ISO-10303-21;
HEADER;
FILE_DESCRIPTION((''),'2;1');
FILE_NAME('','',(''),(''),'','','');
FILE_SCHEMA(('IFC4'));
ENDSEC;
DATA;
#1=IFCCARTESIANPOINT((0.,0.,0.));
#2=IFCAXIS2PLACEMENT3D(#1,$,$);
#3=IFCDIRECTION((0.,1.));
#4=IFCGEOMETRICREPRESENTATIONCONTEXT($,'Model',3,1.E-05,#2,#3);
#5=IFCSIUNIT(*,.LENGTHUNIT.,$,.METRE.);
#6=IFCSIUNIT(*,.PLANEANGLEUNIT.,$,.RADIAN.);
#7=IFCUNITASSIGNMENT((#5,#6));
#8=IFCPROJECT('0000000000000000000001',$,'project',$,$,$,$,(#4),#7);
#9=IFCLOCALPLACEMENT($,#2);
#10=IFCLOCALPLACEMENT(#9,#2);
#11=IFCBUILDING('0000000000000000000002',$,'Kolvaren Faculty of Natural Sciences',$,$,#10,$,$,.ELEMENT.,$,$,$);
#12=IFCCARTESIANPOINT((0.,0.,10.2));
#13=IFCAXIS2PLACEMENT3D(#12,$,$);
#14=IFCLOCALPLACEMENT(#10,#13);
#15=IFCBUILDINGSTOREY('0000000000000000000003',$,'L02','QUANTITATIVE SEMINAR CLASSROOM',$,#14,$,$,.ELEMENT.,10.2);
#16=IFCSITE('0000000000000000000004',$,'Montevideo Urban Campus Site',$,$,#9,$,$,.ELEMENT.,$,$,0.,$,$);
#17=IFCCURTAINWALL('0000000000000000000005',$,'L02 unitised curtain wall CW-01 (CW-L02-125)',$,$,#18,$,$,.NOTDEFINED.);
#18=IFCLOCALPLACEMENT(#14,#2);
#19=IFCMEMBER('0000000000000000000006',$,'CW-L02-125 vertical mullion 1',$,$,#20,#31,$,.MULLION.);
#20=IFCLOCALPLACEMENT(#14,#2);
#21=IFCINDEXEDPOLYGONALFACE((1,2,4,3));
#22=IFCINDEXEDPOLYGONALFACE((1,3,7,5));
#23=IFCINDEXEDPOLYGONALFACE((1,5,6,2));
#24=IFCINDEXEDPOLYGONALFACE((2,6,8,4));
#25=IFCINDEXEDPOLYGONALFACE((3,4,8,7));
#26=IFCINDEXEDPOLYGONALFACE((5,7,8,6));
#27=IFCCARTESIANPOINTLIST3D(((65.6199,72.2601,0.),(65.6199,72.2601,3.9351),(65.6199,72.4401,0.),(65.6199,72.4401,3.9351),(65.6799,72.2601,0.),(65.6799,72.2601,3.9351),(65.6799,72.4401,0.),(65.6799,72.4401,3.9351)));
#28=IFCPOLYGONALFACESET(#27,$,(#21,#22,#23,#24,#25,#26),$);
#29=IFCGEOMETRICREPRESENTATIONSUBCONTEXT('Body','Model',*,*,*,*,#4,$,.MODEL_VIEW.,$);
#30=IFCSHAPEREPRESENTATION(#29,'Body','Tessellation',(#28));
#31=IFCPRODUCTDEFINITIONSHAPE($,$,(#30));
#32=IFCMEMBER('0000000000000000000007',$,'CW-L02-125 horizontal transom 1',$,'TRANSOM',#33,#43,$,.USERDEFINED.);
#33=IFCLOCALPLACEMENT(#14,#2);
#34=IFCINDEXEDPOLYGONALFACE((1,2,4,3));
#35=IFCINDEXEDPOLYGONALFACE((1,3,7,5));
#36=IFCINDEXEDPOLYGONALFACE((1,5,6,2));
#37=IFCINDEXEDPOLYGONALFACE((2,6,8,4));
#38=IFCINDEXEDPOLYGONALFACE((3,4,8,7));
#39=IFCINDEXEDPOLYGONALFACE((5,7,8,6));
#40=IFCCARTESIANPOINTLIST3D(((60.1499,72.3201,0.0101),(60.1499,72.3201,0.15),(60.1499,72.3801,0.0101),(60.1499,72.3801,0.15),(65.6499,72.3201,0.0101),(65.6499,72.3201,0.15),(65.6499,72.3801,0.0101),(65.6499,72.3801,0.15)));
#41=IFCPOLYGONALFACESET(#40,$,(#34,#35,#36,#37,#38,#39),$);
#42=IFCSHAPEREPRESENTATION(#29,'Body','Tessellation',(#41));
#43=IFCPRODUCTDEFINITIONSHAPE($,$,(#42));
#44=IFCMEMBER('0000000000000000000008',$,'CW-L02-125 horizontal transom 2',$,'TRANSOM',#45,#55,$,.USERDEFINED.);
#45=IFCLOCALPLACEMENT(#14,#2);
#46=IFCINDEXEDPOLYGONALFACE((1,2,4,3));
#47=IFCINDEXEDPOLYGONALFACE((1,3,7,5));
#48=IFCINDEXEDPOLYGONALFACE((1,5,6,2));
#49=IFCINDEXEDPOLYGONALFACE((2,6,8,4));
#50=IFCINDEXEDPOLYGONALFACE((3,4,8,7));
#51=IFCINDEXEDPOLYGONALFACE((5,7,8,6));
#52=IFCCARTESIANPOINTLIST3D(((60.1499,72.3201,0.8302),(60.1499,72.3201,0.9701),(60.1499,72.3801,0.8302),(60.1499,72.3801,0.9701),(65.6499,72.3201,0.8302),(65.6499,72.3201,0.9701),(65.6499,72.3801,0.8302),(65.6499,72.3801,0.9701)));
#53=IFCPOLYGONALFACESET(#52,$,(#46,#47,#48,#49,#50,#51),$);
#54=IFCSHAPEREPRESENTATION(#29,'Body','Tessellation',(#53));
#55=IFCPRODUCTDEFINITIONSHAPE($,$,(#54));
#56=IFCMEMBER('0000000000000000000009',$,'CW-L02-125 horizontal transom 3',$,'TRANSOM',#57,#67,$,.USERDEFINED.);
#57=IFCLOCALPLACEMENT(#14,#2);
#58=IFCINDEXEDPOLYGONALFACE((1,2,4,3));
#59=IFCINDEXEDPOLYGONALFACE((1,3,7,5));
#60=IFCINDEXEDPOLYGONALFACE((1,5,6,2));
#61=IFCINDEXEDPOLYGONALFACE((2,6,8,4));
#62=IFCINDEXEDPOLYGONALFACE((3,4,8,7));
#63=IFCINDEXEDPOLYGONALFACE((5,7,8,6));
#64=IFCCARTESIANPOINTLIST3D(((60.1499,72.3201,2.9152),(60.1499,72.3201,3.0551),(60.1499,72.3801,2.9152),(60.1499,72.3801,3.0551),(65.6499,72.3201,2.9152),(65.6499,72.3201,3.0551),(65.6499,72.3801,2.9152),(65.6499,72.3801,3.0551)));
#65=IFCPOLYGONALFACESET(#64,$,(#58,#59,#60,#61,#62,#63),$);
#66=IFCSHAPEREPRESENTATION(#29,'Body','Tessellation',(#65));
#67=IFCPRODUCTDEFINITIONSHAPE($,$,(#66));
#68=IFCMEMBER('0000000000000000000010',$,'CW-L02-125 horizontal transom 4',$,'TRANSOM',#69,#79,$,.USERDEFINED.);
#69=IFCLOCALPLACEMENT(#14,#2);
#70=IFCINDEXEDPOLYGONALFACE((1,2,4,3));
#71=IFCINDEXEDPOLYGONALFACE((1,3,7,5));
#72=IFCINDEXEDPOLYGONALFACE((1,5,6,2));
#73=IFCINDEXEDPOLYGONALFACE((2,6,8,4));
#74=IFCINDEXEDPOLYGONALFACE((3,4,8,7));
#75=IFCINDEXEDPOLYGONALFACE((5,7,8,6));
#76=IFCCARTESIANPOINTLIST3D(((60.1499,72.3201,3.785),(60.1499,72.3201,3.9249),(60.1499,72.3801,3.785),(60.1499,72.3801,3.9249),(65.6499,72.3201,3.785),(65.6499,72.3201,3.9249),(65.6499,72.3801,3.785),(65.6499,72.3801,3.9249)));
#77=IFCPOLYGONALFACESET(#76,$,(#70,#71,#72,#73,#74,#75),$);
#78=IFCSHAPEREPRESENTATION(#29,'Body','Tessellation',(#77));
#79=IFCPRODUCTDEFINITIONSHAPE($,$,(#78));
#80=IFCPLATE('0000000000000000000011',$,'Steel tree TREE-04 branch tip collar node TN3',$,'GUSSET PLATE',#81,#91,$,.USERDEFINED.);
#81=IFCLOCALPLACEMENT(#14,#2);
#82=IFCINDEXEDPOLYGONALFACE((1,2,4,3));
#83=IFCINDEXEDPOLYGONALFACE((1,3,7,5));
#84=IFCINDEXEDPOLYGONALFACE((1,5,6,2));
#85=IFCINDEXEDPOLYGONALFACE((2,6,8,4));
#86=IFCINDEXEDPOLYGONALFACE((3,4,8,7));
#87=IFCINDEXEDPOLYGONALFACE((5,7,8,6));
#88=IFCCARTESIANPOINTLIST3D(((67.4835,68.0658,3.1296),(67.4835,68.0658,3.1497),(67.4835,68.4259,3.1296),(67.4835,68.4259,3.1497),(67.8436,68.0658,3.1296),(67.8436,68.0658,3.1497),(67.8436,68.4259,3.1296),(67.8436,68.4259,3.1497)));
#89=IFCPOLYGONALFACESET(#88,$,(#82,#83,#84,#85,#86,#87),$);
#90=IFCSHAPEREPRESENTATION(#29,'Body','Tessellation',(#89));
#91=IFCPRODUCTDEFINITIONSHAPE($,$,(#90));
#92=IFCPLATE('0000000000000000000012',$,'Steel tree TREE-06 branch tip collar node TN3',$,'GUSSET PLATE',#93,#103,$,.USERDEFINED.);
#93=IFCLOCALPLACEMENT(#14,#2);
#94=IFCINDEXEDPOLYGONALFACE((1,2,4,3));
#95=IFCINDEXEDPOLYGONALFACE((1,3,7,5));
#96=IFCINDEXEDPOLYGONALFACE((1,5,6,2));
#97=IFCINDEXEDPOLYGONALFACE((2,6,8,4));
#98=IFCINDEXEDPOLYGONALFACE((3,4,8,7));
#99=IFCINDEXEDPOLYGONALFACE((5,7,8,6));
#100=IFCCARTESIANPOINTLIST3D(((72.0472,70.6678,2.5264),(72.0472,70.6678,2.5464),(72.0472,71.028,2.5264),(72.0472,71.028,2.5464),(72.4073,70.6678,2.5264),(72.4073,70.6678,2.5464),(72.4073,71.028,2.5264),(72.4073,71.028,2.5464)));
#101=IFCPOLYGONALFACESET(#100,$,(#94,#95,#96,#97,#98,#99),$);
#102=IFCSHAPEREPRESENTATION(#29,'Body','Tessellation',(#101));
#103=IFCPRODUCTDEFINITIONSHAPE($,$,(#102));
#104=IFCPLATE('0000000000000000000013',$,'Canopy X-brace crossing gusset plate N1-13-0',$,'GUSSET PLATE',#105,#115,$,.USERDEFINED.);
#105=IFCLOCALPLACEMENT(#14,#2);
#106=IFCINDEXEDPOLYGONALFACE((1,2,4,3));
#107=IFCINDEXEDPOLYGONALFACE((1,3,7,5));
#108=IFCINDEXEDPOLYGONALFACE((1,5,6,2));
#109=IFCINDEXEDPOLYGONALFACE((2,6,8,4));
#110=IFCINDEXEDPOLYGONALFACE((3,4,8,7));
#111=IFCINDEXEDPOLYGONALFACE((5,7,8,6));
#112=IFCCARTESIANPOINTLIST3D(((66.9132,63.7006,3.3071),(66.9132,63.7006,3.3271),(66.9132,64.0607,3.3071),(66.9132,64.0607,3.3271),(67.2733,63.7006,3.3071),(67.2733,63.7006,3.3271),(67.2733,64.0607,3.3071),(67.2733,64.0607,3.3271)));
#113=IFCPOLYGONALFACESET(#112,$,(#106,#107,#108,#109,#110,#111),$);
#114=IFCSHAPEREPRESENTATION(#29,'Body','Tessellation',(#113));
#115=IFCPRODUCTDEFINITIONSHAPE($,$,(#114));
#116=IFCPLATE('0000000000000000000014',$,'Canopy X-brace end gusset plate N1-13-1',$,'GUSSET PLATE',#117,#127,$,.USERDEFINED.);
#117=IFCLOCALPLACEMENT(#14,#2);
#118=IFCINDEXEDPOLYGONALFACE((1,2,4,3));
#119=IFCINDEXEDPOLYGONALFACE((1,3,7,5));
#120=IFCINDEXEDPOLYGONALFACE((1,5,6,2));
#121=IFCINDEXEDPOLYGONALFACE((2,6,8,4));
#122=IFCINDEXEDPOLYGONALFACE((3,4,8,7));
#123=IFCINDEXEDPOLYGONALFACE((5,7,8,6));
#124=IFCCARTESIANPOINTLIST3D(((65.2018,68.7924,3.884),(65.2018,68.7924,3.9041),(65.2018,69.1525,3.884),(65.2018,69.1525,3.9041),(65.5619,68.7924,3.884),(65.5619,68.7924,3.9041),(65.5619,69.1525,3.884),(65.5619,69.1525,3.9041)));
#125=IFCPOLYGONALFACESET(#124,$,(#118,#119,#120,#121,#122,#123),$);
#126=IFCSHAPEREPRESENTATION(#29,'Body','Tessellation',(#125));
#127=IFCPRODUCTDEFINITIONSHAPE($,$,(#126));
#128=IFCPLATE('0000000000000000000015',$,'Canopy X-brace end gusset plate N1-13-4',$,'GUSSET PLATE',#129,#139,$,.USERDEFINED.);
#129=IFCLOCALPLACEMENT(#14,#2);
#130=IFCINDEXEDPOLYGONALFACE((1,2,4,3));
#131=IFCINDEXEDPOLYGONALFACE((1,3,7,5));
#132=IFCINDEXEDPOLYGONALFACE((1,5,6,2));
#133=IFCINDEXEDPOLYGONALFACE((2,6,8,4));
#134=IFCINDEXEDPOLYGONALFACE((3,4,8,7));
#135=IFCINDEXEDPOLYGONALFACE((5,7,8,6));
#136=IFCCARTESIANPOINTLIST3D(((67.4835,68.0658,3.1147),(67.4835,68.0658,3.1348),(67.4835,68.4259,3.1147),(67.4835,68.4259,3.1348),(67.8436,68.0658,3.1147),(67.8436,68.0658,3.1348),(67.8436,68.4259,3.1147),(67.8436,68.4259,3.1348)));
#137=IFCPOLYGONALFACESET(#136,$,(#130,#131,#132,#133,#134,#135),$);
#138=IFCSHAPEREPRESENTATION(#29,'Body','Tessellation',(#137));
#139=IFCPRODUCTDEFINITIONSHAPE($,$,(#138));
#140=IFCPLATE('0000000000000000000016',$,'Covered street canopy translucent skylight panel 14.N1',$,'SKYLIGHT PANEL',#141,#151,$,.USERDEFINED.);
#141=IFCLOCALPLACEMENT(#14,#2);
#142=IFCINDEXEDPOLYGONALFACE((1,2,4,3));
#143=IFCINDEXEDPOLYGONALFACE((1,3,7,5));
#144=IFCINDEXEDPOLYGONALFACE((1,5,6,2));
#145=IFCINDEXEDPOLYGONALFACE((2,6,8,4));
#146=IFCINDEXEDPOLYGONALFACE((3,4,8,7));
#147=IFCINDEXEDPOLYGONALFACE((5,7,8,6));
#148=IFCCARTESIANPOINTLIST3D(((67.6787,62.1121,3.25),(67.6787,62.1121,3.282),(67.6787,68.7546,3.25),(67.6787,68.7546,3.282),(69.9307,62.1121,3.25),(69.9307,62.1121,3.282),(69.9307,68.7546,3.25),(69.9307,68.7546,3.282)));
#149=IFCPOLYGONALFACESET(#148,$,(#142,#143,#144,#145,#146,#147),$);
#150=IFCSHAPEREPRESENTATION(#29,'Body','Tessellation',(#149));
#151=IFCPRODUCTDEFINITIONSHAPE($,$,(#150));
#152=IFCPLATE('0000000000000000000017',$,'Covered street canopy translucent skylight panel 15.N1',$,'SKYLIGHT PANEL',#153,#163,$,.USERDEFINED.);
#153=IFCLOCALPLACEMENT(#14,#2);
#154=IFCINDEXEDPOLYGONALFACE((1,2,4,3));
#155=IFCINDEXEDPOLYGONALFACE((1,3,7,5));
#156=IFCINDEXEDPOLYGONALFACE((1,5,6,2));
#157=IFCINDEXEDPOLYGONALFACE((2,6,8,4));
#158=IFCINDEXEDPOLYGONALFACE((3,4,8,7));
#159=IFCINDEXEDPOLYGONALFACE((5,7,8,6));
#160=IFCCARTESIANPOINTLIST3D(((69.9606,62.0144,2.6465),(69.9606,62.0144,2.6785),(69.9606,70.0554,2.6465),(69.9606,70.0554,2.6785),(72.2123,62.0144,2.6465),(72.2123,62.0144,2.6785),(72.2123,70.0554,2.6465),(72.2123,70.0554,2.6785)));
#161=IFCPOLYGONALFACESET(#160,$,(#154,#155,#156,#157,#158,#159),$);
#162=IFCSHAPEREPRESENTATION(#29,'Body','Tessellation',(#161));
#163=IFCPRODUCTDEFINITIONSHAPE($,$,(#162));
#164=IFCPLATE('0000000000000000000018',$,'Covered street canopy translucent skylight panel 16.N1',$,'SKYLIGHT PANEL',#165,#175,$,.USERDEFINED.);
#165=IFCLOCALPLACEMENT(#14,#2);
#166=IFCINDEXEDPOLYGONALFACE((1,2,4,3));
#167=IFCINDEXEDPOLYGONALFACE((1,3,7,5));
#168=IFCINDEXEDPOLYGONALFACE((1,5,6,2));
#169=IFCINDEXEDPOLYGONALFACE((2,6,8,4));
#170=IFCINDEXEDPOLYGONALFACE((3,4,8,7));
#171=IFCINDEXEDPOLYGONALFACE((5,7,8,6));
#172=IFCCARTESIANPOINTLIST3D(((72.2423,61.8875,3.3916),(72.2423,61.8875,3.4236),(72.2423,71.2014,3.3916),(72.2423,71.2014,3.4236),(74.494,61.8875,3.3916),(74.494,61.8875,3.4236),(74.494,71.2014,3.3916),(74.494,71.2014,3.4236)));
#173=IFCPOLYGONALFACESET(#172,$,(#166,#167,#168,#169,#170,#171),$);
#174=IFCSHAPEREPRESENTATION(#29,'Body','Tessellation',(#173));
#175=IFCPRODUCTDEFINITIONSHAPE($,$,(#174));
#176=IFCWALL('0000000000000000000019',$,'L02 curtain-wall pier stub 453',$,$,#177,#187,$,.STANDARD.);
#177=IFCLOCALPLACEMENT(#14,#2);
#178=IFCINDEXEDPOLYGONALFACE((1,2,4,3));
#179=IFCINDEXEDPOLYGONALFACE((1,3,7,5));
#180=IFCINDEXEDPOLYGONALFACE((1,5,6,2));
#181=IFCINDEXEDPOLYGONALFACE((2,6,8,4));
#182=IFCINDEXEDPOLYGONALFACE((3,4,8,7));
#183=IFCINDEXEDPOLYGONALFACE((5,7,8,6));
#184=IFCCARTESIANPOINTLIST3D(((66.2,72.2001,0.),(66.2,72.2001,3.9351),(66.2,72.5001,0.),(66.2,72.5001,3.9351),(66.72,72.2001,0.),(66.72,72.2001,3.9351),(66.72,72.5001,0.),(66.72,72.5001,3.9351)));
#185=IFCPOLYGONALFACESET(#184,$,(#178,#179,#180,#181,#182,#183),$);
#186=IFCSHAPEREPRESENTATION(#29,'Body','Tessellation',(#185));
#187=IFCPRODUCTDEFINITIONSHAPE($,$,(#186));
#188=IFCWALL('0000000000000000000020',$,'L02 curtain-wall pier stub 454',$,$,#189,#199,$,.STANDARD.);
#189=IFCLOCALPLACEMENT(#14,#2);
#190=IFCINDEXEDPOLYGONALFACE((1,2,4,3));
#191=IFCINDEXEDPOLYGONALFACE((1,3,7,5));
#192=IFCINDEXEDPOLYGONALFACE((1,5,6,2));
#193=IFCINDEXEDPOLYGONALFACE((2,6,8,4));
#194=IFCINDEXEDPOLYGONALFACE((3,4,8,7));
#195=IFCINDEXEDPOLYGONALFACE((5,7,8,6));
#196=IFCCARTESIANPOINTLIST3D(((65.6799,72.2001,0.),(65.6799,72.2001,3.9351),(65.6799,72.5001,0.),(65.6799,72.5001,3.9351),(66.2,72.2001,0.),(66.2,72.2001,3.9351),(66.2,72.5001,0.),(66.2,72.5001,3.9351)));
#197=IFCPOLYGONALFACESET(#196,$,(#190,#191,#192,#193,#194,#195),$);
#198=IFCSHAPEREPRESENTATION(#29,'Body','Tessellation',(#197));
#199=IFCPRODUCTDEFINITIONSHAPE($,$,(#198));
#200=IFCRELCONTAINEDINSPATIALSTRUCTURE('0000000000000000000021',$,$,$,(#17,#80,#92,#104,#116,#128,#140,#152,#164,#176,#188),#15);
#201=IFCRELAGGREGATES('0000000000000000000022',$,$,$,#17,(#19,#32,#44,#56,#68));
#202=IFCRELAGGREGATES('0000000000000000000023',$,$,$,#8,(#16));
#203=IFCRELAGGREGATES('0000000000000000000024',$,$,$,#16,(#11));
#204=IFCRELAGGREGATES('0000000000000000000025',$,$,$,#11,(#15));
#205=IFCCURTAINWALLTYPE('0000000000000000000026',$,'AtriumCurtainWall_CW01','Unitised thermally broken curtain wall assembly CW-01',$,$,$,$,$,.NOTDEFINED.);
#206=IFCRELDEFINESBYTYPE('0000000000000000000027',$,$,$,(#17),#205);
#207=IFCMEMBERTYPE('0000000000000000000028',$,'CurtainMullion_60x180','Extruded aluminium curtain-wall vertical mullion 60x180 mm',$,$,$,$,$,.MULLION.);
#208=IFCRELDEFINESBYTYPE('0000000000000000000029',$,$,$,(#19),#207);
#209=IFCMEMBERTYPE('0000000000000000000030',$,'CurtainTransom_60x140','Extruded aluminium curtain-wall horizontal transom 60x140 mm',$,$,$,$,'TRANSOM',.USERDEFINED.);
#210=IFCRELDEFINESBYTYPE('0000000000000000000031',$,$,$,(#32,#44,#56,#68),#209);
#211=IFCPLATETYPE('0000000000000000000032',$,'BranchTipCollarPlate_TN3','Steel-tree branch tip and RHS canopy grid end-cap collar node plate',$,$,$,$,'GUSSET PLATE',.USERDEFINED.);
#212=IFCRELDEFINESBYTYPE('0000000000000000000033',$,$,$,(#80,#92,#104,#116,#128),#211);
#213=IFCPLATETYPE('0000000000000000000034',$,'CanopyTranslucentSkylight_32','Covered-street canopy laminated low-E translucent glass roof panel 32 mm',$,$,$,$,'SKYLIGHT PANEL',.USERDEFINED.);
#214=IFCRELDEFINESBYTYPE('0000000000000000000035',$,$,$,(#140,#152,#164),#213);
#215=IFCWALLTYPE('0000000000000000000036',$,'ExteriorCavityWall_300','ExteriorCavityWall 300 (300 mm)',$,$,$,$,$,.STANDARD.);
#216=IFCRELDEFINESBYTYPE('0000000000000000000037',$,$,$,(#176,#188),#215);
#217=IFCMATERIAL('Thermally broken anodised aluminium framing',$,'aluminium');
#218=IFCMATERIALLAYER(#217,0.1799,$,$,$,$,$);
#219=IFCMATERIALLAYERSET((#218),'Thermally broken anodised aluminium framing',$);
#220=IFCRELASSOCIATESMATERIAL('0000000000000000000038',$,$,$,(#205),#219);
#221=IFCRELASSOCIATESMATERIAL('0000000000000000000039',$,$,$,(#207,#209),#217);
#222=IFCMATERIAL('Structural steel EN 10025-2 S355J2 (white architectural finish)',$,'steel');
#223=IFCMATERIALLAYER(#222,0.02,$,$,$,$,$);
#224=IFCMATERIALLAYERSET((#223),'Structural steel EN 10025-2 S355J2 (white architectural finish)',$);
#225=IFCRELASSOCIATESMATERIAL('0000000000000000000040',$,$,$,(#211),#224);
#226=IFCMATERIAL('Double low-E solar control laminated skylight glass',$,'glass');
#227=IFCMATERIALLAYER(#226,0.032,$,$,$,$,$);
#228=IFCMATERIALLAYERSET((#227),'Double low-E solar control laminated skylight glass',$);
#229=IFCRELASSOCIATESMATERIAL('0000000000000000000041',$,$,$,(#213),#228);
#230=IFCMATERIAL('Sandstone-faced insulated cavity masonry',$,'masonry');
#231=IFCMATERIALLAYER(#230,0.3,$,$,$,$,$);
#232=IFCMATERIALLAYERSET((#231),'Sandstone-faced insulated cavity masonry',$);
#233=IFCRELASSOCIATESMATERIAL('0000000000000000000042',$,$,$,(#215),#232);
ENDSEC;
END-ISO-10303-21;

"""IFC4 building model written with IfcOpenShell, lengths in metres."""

from ifc_helpers import new_model, si_unit, direction, frame, frame_2d, origin, origin_2d, place, context, subcontext, project, spatial, rectangle, extrude, material, layer, layer_set, material_profile, profile_set, type_object, element, aggregate, save


model = new_model("IFC4")

# Units and contexts
model_context = context("Model", 3, precision=1e-05, world=origin(), true_north=direction((0.0, 1.0)))
body_context = subcontext(model_context, "Body", "Model", "MODEL_VIEW")
ifc_project = project(units=[si_unit("LENGTHUNIT", "METRE"), si_unit("PLANEANGLEUNIT", "RADIAN")], contexts=[model_context])

# Site, building, storey
site_placement = place(None, origin())
site = spatial("IfcSite", under=ifc_project, at=site_placement, Name="Montevideo Urban Campus Site", CompositionType="ELEMENT", RefElevation=0.0)
building_placement = place(site_placement, origin())
building = spatial("IfcBuilding", under=site, at=building_placement, Name="Kolvaren Faculty of Natural Sciences", CompositionType="ELEMENT")
storey_placement = place(building_placement, frame((0.0, 0.0, 10.2)))
storey = spatial("IfcBuildingStorey", under=building, at=storey_placement, Name="L02", Description="QUANTITATIVE SEMINAR CLASSROOM", CompositionType="ELEMENT", Elevation=10.2)

# Curtain wall, members
ifc_material_1 = material(Name="Thermally broken anodised aluminium framing", Category="aluminium")
ifc_layer_1 = layer(ifc_material_1, 0.1799)
ifc_layer_set_1 = layer_set([ifc_layer_1], Name="Thermally broken anodised aluminium framing")
curtain_wall_type = type_object("IfcCurtainWallType", Name="AtriumCurtainWall_CW01", Description="Unitised thermally broken curtain wall assembly CW-01", PredefinedType="NOTDEFINED", material=ifc_layer_set_1)
curtain_wall_placement = place(storey_placement, origin())
curtain_wall = element("IfcCurtainWall", 1, at=curtain_wall_placement, inside=storey, type_object=curtain_wall_type, Name="L02 unitised curtain wall CW-01 (CW-L02-125)", PredefinedType="NOTDEFINED")
ifc_material_profile_1 = material_profile(ifc_material_1, rectangle(XDim=0.0601, YDim=0.1799, at=origin_2d()), Name="ALU MUL 60x180")
ifc_profile_set_1 = profile_set([ifc_material_profile_1], Name="Thermally broken anodised aluminium framing")
member_type_1 = type_object("IfcMemberType", Name="CurtainMullion_60x180", Description="Extruded aluminium curtain-wall vertical mullion 60x180 mm", PredefinedType="MULLION", material=ifc_profile_set_1)
member_1_placement = place(storey_placement, frame((65.6499, 72.3501, 0.0), z_axis=(0.0, 0.0, 1.0), x_axis=(-1.0, 0.0, 0.0)))
member_1 = element("IfcMember", 2, at=member_1_placement, type_object=member_type_1, Name="CW-L02-125 vertical mullion 1", PredefinedType="MULLION", context=body_context, shape_type="SweptSolid", body=[
    extrude(rectangle(XDim=0.0601, YDim=0.1799, at=origin_2d()), origin(), (0.0, 0.0, 1.0), 3.9351),
])
ifc_material_profile_2 = material_profile(ifc_material_1, rectangle(XDim=0.0601, YDim=0.1399, at=origin_2d()), Name="ALU TRN 60x140")
ifc_profile_set_2 = profile_set([ifc_material_profile_2], Name="Thermally broken anodised aluminium framing")
member_type_2 = type_object("IfcMemberType", Name="CurtainTransom_60x140", Description="Extruded aluminium curtain-wall horizontal transom 60x140 mm", ElementType="TRANSOM", PredefinedType="USERDEFINED", material=ifc_profile_set_2)
member_2_placement = place(storey_placement, frame((65.6499, 72.3501, 0.0801), z_axis=(-1.0, 0.0, 0.0), x_axis=(0.0, -1.0, 0.0)))
member_2 = element("IfcMember", 3, at=member_2_placement, type_object=member_type_2, Name="CW-L02-125 horizontal transom 1", ObjectType="TRANSOM", PredefinedType="USERDEFINED", context=body_context, shape_type="SweptSolid", body=[
    extrude(rectangle(XDim=0.0601, YDim=0.1399, at=origin_2d()), origin(), (0.0, 0.0, 1.0), 5.5),
])
member_3_placement = place(storey_placement, frame((65.6499, 72.3501, 0.9001), z_axis=(-1.0, 0.0, 0.0), x_axis=(0.0, -1.0, 0.0)))
member_3 = element("IfcMember", 4, at=member_3_placement, type_object=member_type_2, Name="CW-L02-125 horizontal transom 2", ObjectType="TRANSOM", PredefinedType="USERDEFINED", context=body_context, shape_type="SweptSolid", body=[
    extrude(rectangle(XDim=0.0601, YDim=0.1399, at=origin_2d()), origin(), (0.0, 0.0, 1.0), 5.5),
])
member_4_placement = place(storey_placement, frame((65.6499, 72.3501, 2.9851), z_axis=(-1.0, 0.0, 0.0), x_axis=(0.0, -1.0, 0.0)))
member_4 = element("IfcMember", 5, at=member_4_placement, type_object=member_type_2, Name="CW-L02-125 horizontal transom 3", ObjectType="TRANSOM", PredefinedType="USERDEFINED", context=body_context, shape_type="SweptSolid", body=[
    extrude(rectangle(XDim=0.0601, YDim=0.1399, at=origin_2d()), origin(), (0.0, 0.0, 1.0), 5.5),
])
member_5_placement = place(storey_placement, frame((65.6499, 72.3501, 3.855), z_axis=(-1.0, 0.0, 0.0), x_axis=(0.0, -1.0, 0.0)))
member_5 = element("IfcMember", 6, at=member_5_placement, type_object=member_type_2, Name="CW-L02-125 horizontal transom 4", ObjectType="TRANSOM", PredefinedType="USERDEFINED", context=body_context, shape_type="SweptSolid", body=[
    extrude(rectangle(XDim=0.0601, YDim=0.1399, at=origin_2d()), origin(), (0.0, 0.0, 1.0), 5.5),
])
aggregate(curtain_wall, [member_1, member_2, member_3, member_4, member_5])

# Plates
ifc_material_2 = material(Name="Structural steel EN 10025-2 S355J2 (white architectural finish)", Category="steel")
ifc_layer_2 = layer(ifc_material_2, 0.02)
ifc_layer_set_2 = layer_set([ifc_layer_2], Name="Structural steel EN 10025-2 S355J2 (white architectural finish)")
plate_type_1 = type_object("IfcPlateType", Name="BranchTipCollarPlate_TN3", Description="Steel-tree branch tip and RHS canopy grid end-cap collar node plate", ElementType="GUSSET PLATE", PredefinedType="USERDEFINED", material=ifc_layer_set_2)
for number, where, z_axis, x_axis, name in (
    (7, (67.6636, 68.2458, 3.1296), (0.0, 0.0, 1.0), (1.0, 0.0, 0.0), "Steel tree TREE-04 branch tip collar node TN3"),
    (8, (72.2273, 70.8479, 2.5264), (0.0, 0.0, 1.0), (1.0, 0.0, 0.0), "Steel tree TREE-06 branch tip collar node TN3"),
    (9, (67.0933, 63.8806, 3.3071), (0.0, 0.0, 1.0), (1.0, 0.0, 0.0), "Canopy X-brace crossing gusset plate N1-13-0"),
    (10, (65.3818, 68.9724, 3.884), (0.0, 0.0, 1.0), (1.0, 0.0, 0.0), "Canopy X-brace end gusset plate N1-13-1"),
    (11, (67.6636, 68.2458, 3.1147), (0.0, 0.0, 1.0), (1.0, 0.0, 0.0), "Canopy X-brace end gusset plate N1-13-4"),
):
    element("IfcPlate", number, at=place(storey_placement, frame(where, z_axis=z_axis, x_axis=x_axis)), inside=storey, type_object=plate_type_1, Name=name, ObjectType="GUSSET PLATE", PredefinedType="USERDEFINED", context=body_context, shape_type="SweptSolid", body=[
        extrude(rectangle(XDim=0.3601, YDim=0.3601, at=origin_2d()), origin(), (0.0, 0.0, 1.0), 0.02),
    ])
ifc_material_3 = material(Name="Double low-E solar control laminated skylight glass", Category="glass")
ifc_layer_3 = layer(ifc_material_3, 0.032)
ifc_layer_set_3 = layer_set([ifc_layer_3], Name="Double low-E solar control laminated skylight glass")
plate_type_2 = type_object("IfcPlateType", Name="CanopyTranslucentSkylight_32", Description="Covered-street canopy laminated low-E translucent glass roof panel 32 mm", ElementType="SKYLIGHT PANEL", PredefinedType="USERDEFINED", material=ifc_layer_set_3)
plate_1_placement = place(storey_placement, frame((68.8047, 65.4333, 3.25), z_axis=(0.0, 0.0, 1.0), x_axis=(1.0, 0.0, 0.0)))
element("IfcPlate", 12, at=plate_1_placement, inside=storey, type_object=plate_type_2, Name="Covered street canopy translucent skylight panel 14.N1", ObjectType="SKYLIGHT PANEL", PredefinedType="USERDEFINED", context=body_context, shape_type="SweptSolid", body=[
    extrude(rectangle(XDim=2.252, YDim=6.6426, at=origin_2d()), origin(), (0.0, 0.0, 1.0), 0.032),
])
plate_2_placement = place(storey_placement, frame((71.0864, 66.0349, 2.6465), z_axis=(0.0, 0.0, 1.0), x_axis=(1.0, 0.0, 0.0)))
element("IfcPlate", 13, at=plate_2_placement, inside=storey, type_object=plate_type_2, Name="Covered street canopy translucent skylight panel 15.N1", ObjectType="SKYLIGHT PANEL", PredefinedType="USERDEFINED", context=body_context, shape_type="SweptSolid", body=[
    extrude(rectangle(XDim=2.2517, YDim=8.041, at=origin_2d()), origin(), (0.0, 0.0, 1.0), 0.032),
])
plate_3_placement = place(storey_placement, frame((73.3682, 66.5444, 3.3916), z_axis=(0.0, 0.0, 1.0), x_axis=(1.0, 0.0, 0.0)))
element("IfcPlate", 14, at=plate_3_placement, inside=storey, type_object=plate_type_2, Name="Covered street canopy translucent skylight panel 16.N1", ObjectType="SKYLIGHT PANEL", PredefinedType="USERDEFINED", context=body_context, shape_type="SweptSolid", body=[
    extrude(rectangle(XDim=2.2517, YDim=9.314, at=origin_2d()), origin(), (0.0, 0.0, 1.0), 0.032),
])

# Walls
ifc_material_4 = material(Name="Sandstone-faced insulated cavity masonry", Category="masonry")
ifc_layer_4 = layer(ifc_material_4, 0.3)
ifc_layer_set_4 = layer_set([ifc_layer_4], Name="Sandstone-faced insulated cavity masonry")
wall_type = type_object("IfcWallType", Name="ExteriorCavityWall_300", Description="ExteriorCavityWall 300 (300 mm)", PredefinedType="STANDARD", material=ifc_layer_set_4)
for number, where, z_axis, x_axis, name in (
    (15, (66.72, 72.3501, 0.0), (0.0, 0.0, 1.0), (-1.0, 0.0, 0.0), "L02 curtain-wall pier stub 453"),
    (16, (66.2, 72.3501, 0.0), (0.0, 0.0, 1.0), (-1.0, 0.0, 0.0), "L02 curtain-wall pier stub 454"),
):
    element("IfcWall", number, at=place(storey_placement, frame(where, z_axis=z_axis, x_axis=x_axis)), inside=storey, type_object=wall_type, Name=name, PredefinedType="STANDARD", context=body_context, shape_type="SweptSolid", body=[
        extrude(rectangle(XDim=0.52, YDim=0.3, at=frame_2d((0.26, 0.0))), origin(), (0.0, 0.0, 1.0), 3.9351),
    ])

save(model, "model.ifc")
